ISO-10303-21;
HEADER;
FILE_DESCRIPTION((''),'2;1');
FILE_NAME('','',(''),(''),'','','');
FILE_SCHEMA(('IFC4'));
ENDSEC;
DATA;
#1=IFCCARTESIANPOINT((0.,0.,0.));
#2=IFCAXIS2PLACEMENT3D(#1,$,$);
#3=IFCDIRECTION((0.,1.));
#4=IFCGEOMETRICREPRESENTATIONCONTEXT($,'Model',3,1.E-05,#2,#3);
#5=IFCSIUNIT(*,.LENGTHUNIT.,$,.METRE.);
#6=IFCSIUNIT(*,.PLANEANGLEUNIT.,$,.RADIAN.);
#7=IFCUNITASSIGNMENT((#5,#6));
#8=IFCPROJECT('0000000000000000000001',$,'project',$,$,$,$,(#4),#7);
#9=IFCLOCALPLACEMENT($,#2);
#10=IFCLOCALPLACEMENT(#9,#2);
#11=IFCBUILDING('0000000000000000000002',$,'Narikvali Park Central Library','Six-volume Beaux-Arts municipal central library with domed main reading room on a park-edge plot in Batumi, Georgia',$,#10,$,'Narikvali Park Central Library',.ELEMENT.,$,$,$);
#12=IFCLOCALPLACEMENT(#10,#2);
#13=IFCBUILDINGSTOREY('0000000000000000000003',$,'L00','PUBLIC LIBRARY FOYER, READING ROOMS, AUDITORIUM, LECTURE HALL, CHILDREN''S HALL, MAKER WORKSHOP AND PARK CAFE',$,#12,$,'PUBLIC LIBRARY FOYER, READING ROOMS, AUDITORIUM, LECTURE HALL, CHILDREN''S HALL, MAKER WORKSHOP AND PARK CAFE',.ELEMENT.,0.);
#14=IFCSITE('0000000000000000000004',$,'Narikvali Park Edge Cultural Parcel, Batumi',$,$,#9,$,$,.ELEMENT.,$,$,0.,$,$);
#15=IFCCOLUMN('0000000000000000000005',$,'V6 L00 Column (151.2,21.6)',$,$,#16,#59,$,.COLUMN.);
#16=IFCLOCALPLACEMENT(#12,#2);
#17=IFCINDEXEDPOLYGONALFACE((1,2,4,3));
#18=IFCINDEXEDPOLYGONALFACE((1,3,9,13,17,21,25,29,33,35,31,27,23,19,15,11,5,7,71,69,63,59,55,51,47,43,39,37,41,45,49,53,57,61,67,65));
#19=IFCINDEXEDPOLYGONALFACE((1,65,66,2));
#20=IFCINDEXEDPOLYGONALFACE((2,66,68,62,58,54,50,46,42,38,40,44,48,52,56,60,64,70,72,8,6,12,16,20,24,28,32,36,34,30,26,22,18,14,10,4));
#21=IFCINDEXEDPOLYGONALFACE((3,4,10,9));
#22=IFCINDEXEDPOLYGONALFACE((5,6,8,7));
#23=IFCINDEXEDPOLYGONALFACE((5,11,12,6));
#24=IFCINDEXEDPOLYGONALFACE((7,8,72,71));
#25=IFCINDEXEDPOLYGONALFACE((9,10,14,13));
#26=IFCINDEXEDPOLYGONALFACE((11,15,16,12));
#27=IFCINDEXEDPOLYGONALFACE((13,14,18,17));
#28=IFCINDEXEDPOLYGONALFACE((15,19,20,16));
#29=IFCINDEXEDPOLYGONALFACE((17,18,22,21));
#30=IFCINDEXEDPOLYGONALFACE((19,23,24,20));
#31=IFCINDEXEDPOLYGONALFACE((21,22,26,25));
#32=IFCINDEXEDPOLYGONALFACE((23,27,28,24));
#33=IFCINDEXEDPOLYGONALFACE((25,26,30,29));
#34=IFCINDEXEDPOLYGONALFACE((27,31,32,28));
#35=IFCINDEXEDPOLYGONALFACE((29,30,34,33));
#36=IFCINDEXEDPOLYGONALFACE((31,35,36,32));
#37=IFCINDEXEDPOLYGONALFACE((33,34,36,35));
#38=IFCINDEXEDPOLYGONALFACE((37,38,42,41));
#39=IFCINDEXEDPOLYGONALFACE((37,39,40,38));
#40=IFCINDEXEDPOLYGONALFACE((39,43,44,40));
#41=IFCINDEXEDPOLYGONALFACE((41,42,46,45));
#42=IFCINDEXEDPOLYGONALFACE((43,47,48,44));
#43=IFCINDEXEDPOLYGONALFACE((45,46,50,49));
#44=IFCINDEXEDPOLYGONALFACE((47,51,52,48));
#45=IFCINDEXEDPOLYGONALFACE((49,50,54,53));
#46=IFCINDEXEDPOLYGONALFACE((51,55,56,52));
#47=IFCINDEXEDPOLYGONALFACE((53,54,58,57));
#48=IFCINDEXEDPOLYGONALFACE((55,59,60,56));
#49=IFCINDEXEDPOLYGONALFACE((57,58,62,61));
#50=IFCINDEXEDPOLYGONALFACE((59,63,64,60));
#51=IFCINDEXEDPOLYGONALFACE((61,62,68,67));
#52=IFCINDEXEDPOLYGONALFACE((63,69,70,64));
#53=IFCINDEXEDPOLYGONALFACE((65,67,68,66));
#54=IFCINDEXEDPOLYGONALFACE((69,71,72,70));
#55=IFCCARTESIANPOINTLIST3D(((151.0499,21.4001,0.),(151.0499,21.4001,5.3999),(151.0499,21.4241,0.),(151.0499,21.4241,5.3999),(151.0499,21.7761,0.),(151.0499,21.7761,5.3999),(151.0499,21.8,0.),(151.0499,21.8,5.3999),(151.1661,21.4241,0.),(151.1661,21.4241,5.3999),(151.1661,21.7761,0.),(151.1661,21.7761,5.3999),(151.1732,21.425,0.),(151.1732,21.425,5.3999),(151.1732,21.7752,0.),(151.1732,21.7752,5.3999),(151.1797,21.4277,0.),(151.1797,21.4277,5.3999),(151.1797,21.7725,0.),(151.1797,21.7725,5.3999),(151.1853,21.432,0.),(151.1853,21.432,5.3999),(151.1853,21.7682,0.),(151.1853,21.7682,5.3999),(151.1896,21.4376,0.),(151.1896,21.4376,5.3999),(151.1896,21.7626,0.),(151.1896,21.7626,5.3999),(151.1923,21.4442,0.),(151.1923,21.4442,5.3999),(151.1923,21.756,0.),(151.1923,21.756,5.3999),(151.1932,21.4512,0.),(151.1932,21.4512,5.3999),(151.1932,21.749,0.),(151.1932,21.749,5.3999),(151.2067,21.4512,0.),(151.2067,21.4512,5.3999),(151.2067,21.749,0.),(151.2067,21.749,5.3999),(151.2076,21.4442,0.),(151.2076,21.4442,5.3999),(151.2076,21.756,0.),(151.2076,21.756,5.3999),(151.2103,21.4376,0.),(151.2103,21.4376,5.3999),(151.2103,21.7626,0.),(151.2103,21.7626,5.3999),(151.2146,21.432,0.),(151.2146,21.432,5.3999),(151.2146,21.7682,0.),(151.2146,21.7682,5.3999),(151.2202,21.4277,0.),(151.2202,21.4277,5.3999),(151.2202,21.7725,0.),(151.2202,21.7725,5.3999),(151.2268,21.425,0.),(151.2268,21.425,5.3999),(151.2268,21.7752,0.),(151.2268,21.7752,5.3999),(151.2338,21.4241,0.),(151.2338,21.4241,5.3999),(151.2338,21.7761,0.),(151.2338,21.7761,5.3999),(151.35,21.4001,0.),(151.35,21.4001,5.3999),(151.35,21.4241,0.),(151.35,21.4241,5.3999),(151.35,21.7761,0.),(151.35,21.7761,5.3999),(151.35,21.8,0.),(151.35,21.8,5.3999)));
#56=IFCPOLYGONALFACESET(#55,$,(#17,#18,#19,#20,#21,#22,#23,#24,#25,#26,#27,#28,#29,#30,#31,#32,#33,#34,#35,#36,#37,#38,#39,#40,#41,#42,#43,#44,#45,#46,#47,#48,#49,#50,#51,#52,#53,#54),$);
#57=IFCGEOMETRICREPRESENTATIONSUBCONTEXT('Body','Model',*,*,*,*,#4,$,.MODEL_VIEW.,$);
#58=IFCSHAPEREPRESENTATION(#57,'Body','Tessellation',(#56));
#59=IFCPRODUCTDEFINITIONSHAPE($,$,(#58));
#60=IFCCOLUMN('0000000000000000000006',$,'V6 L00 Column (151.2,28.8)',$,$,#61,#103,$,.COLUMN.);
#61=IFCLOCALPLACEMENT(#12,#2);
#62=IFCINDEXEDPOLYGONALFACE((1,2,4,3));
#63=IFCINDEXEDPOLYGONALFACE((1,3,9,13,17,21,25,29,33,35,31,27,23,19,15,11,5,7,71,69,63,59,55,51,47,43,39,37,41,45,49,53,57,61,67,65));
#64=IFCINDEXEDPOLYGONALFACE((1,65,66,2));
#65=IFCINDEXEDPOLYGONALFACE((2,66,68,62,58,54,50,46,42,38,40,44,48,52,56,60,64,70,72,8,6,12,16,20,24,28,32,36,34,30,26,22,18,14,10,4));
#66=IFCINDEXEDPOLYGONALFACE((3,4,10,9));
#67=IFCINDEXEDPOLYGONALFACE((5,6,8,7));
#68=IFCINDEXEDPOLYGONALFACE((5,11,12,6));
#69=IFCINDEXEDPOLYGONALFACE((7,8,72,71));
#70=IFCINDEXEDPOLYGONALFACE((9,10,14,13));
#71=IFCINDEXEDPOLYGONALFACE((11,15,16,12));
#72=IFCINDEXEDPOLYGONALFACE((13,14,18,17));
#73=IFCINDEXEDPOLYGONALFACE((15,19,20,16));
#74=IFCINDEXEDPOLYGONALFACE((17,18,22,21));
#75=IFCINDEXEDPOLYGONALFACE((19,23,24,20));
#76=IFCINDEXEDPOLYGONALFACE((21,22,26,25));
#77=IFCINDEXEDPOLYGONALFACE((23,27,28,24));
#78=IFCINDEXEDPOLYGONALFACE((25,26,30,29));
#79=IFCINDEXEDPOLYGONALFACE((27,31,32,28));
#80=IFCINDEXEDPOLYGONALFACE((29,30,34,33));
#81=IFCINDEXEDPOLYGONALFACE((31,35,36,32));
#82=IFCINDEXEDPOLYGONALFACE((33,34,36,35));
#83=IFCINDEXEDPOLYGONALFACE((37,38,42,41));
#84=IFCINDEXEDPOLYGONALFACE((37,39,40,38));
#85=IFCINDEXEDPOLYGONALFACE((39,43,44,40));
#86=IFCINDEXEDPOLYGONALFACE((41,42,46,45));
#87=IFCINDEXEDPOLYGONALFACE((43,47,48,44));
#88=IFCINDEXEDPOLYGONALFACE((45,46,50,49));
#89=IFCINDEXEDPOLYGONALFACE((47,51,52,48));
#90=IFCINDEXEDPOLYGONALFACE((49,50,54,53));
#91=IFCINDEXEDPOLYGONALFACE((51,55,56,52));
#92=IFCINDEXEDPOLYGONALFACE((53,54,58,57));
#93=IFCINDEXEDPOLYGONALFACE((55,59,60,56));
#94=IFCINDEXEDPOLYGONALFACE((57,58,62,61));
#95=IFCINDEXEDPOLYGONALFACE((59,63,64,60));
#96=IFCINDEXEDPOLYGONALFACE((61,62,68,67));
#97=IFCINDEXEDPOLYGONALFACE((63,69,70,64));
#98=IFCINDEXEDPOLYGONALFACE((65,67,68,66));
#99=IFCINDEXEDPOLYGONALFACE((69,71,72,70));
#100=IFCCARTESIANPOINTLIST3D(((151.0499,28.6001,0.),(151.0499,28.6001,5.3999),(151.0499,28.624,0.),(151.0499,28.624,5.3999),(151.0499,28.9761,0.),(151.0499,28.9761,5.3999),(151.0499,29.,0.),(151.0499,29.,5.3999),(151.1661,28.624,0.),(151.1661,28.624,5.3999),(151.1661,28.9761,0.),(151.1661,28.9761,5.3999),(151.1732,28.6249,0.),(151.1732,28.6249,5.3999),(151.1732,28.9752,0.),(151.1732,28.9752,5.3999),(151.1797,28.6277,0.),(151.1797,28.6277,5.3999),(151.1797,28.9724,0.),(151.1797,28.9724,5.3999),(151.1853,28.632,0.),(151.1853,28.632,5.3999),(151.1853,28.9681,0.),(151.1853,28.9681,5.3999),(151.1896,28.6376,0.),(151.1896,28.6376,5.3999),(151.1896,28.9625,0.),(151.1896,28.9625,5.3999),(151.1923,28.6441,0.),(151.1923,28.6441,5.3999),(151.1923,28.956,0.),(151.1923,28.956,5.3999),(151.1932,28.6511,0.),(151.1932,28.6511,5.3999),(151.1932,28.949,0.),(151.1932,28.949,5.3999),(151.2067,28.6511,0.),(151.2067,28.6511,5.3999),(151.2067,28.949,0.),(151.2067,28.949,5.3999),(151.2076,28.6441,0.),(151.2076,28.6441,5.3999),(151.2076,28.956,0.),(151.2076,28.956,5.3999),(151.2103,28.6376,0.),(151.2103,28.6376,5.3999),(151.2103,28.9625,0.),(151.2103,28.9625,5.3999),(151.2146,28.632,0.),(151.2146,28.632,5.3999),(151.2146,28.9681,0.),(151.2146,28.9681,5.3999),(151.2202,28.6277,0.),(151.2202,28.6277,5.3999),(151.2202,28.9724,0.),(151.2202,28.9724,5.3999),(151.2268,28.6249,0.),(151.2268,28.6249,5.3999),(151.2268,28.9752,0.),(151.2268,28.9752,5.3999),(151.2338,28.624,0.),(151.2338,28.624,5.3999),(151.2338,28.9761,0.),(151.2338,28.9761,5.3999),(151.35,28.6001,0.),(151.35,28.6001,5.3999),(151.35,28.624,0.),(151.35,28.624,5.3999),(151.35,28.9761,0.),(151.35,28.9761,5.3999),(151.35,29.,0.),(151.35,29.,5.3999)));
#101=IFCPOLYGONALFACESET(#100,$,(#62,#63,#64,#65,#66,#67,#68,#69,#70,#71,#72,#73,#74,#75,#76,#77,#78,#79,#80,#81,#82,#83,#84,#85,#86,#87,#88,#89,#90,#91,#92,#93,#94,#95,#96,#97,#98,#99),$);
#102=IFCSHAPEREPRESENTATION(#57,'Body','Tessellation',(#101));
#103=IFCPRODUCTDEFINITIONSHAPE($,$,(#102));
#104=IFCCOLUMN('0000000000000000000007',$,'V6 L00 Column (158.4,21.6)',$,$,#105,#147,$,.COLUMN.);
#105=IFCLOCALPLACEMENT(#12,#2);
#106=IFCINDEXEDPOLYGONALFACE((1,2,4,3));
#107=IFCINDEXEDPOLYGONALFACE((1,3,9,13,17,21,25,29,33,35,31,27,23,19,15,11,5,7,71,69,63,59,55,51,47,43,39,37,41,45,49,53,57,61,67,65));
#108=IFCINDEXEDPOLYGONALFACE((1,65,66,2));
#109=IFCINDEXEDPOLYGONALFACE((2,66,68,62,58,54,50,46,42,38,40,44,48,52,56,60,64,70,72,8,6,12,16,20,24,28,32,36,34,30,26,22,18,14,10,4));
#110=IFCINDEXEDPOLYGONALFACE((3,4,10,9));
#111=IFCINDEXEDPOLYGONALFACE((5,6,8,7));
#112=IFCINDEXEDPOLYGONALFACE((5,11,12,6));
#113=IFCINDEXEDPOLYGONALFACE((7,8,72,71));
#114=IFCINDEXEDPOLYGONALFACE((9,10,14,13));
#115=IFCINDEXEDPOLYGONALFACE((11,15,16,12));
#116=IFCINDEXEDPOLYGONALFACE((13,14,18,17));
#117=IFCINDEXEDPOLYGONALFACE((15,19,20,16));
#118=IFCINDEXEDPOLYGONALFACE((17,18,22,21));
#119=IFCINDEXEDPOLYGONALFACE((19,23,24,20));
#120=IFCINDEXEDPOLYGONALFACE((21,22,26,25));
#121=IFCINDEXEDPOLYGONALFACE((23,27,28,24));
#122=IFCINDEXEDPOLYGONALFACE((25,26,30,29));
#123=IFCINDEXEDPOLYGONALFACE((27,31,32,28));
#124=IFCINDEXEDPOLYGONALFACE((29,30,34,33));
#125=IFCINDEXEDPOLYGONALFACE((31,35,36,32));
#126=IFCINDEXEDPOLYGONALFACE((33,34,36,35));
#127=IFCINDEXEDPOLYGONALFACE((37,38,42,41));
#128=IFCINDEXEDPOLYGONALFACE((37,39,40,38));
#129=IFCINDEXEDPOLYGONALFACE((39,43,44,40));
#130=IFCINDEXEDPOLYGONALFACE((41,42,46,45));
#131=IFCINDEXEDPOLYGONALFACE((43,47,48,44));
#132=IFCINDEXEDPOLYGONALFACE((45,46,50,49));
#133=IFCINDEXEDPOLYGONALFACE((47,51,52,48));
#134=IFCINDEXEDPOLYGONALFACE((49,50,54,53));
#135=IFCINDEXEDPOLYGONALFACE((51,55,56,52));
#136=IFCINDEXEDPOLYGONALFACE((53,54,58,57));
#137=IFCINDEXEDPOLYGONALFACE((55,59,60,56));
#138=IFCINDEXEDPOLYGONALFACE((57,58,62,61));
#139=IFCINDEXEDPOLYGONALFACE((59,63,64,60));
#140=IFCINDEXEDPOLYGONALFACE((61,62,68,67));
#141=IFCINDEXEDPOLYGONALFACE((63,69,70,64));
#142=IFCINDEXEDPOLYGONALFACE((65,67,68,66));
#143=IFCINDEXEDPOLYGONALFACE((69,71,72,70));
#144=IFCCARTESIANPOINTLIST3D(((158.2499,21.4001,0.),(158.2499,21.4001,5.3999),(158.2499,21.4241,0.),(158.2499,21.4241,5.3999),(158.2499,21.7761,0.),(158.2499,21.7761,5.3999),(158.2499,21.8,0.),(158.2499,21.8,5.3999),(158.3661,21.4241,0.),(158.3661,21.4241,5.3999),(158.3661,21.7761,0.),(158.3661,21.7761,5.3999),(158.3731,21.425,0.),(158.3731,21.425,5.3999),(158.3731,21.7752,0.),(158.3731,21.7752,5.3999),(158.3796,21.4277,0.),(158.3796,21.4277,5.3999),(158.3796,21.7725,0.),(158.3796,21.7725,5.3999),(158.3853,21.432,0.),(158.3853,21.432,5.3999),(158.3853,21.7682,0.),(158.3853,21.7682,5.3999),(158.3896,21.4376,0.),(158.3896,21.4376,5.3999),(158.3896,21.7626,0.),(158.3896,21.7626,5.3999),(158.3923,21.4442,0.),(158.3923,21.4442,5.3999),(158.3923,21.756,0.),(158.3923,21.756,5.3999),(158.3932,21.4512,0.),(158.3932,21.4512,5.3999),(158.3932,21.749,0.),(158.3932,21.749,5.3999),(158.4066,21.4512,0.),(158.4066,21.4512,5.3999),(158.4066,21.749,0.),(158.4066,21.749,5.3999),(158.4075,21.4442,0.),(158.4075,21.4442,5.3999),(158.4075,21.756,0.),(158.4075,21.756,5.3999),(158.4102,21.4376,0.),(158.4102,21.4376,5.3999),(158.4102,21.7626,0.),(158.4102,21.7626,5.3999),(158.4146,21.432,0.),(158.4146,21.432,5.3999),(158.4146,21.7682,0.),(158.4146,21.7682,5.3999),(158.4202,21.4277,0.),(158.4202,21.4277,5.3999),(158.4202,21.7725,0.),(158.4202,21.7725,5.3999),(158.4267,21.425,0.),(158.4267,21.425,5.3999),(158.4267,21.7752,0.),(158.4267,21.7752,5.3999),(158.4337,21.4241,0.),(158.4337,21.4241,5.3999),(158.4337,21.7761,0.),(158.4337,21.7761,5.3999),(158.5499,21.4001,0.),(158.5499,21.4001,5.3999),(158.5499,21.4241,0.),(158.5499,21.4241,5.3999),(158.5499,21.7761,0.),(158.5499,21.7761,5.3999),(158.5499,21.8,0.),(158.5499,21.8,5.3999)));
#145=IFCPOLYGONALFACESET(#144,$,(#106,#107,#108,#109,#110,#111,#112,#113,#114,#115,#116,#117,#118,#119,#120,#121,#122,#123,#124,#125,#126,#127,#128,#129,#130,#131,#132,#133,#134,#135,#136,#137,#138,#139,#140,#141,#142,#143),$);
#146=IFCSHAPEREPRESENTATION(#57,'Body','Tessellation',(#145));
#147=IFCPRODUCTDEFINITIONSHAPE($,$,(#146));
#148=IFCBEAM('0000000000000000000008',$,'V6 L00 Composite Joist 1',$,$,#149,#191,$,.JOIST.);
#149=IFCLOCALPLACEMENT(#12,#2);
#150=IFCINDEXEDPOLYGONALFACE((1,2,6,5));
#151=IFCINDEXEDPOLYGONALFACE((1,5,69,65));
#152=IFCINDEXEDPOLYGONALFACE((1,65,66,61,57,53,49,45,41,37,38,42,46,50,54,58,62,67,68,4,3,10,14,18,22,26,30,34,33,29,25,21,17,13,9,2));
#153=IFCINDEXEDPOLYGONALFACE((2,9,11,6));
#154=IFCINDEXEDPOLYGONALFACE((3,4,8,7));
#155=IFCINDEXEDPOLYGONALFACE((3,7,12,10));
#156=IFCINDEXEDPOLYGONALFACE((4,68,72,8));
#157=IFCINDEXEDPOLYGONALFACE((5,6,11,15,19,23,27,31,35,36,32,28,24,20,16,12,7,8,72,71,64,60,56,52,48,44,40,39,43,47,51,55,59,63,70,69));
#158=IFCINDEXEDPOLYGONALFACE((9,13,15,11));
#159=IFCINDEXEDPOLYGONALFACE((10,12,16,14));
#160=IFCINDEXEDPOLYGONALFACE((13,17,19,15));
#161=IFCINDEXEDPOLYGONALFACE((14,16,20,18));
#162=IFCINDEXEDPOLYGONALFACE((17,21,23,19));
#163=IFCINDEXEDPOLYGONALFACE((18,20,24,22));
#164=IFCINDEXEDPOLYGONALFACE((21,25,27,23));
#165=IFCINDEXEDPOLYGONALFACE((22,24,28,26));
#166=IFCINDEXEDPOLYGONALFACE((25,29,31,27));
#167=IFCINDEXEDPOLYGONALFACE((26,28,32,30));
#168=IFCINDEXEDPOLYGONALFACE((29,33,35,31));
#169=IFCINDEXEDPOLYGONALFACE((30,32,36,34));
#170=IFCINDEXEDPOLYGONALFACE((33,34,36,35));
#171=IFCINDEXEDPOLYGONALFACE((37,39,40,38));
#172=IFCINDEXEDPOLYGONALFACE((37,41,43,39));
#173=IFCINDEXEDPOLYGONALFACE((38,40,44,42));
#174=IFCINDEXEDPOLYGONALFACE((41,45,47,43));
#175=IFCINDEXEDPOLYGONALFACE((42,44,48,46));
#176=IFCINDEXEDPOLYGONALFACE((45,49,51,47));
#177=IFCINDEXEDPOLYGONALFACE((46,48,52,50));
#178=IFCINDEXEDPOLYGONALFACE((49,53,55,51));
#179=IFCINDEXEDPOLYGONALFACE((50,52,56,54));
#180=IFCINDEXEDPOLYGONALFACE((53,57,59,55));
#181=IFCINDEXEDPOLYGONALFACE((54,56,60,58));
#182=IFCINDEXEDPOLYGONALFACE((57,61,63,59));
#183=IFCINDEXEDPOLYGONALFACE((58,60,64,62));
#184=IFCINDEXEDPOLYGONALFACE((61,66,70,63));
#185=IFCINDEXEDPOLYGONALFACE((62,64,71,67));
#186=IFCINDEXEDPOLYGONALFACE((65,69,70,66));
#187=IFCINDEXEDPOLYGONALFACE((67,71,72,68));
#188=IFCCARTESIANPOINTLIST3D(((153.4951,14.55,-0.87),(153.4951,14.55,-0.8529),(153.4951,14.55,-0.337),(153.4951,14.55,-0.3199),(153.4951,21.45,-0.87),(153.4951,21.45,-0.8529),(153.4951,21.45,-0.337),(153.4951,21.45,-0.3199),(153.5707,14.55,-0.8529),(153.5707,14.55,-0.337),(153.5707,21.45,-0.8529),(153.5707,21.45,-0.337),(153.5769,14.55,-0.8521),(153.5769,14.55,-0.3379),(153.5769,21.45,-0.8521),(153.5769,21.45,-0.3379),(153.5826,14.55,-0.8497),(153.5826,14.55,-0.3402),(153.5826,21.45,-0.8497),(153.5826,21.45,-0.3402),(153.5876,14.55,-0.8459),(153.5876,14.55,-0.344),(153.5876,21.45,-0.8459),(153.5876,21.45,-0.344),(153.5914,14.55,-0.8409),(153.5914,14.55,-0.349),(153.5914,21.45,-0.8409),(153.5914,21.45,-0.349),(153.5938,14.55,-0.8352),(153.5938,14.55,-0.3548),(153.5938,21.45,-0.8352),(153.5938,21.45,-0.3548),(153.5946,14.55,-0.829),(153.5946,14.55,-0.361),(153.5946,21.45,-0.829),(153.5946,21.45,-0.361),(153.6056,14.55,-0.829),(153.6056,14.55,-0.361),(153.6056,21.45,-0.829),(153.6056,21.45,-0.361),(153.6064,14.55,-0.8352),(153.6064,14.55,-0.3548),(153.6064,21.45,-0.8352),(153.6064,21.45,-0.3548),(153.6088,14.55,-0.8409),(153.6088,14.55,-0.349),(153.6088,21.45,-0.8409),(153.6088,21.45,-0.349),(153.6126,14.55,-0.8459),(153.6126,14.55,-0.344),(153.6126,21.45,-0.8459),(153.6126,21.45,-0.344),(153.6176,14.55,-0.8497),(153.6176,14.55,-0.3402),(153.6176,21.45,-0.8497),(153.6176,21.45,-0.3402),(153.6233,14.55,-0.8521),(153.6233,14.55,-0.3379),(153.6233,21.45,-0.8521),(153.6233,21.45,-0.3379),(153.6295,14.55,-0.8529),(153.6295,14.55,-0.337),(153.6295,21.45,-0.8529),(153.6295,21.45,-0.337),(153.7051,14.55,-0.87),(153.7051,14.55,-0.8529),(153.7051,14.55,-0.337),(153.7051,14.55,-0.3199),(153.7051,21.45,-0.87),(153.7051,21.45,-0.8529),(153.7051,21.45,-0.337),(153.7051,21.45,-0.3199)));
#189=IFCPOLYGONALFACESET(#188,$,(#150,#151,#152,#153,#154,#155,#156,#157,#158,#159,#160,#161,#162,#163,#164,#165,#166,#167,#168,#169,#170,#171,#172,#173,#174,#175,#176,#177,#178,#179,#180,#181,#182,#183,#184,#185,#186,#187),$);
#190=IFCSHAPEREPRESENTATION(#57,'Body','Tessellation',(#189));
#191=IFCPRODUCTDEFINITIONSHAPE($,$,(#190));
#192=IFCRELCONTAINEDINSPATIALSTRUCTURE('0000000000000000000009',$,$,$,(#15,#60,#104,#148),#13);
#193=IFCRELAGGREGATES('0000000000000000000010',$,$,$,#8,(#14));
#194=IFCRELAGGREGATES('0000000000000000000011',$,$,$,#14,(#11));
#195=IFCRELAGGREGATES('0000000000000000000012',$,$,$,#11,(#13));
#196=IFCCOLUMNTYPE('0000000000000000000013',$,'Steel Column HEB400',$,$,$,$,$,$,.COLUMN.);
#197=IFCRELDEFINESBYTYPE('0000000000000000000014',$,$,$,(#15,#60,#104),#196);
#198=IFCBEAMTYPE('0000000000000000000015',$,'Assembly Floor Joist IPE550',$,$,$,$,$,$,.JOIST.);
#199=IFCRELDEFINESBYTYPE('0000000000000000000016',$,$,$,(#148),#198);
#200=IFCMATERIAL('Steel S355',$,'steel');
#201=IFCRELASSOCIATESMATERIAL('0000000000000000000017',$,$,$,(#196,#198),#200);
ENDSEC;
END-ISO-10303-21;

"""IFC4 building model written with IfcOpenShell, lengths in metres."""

from ifc_helpers import new_model, si_unit, direction, frame, origin, origin_2d, place, context, subcontext, project, spatial, i_section, extrude, material, material_profile, profile_set, type_object, element, save


model = new_model("IFC4")

# Units and contexts
model_context = context("Model", 3, precision=1e-05, world=origin(), true_north=direction((0.0, 1.0)))
body_context = subcontext(model_context, "Body", "Model", "MODEL_VIEW")
ifc_project = project(units=[si_unit("LENGTHUNIT", "METRE"), si_unit("PLANEANGLEUNIT", "RADIAN")], contexts=[model_context])

# Site, building, storey
site_placement = place(None, origin())
site = spatial("IfcSite", under=ifc_project, at=site_placement, Name="Narikvali Park Edge Cultural Parcel, Batumi", CompositionType="ELEMENT", RefElevation=0.0)
building_placement = place(site_placement, origin())
building = spatial("IfcBuilding", under=site, at=building_placement, Name="Narikvali Park Central Library", Description="Six-volume Beaux-Arts municipal central library with domed main reading room on a park-edge plot in Batumi, Georgia", LongName="Narikvali Park Central Library", CompositionType="ELEMENT")
storey_placement = place(building_placement, origin())
storey = spatial("IfcBuildingStorey", under=building, at=storey_placement, Name="L00", Description="PUBLIC LIBRARY FOYER, READING ROOMS, AUDITORIUM, LECTURE HALL, CHILDREN'S HALL, MAKER WORKSHOP AND PARK CAFE", LongName="PUBLIC LIBRARY FOYER, READING ROOMS, AUDITORIUM, LECTURE HALL, CHILDREN'S HALL, MAKER WORKSHOP AND PARK CAFE", CompositionType="ELEMENT", Elevation=0.0)

# Columns
ifc_material_1 = material(Name="Steel S355", Category="steel")
ifc_material_profile_1 = material_profile(ifc_material_1, i_section(OverallWidth=0.3, OverallDepth=0.3999, WebThickness=0.0134, FlangeThickness=0.0239, FilletRadius=0.0271, at=origin_2d()), Name="HEB 400")
ifc_profile_set_1 = profile_set([ifc_material_profile_1], Name="Steel S355")
column_type = type_object("IfcColumnType", Name="Steel Column HEB400", PredefinedType="COLUMN", material=ifc_profile_set_1)
for number, where, z_axis, x_axis, name in (
    (1, (151.2, 21.6001, 0.0), (0.0, 0.0, 1.0), (1.0, 0.0, 0.0), "V6 L00 Column (151.2,21.6)"),
    (2, (151.2, 28.8, 0.0), (0.0, 0.0, 1.0), (1.0, 0.0, 0.0), "V6 L00 Column (151.2,28.8)"),
    (3, (158.3999, 21.6001, 0.0), (0.0, 0.0, 1.0), (1.0, 0.0, 0.0), "V6 L00 Column (158.4,21.6)"),
):
    element("IfcColumn", number, at=place(storey_placement, frame(where, z_axis=z_axis, x_axis=x_axis)), inside=storey, type_object=column_type, Name=name, PredefinedType="COLUMN", context=body_context, shape_type="SweptSolid", body=[
        extrude(i_section(OverallWidth=0.3, OverallDepth=0.3999, WebThickness=0.0134, FlangeThickness=0.0239, FilletRadius=0.0271, at=origin_2d()), origin(), (0.0, 0.0, 1.0), 5.3999),
    ])

# Beam
ifc_material_profile_2 = material_profile(ifc_material_1, i_section(OverallWidth=0.21, OverallDepth=0.55, WebThickness=0.011, FlangeThickness=0.0171, FilletRadius=0.0239, at=origin_2d()), Name="IPE 550")
ifc_profile_set_2 = profile_set([ifc_material_profile_2], Name="Steel S355")
beam_type_1 = type_object("IfcBeamType", Name="Assembly Floor Joist IPE550", PredefinedType="JOIST", material=ifc_profile_set_2)
for number, where, z_axis, x_axis, name in (
    (4, (153.6001, 14.55, -0.595), (0.0, 1.0, 0.0), (-1.0, 0.0, 0.0), "V6 L00 Composite Joist 1"),
):
    element("IfcBeam", number, at=place(storey_placement, frame(where, z_axis=z_axis, x_axis=x_axis)), inside=storey, type_object=beam_type_1, Name=name, PredefinedType="JOIST", context=body_context, shape_type="SweptSolid", body=[
        extrude(i_section(OverallWidth=0.21, OverallDepth=0.55, WebThickness=0.011, FlangeThickness=0.0171, FilletRadius=0.0239, at=origin_2d()), origin(), (0.0, 0.0, 1.0), 6.8999),
    ])

save(model, "model.ifc")
